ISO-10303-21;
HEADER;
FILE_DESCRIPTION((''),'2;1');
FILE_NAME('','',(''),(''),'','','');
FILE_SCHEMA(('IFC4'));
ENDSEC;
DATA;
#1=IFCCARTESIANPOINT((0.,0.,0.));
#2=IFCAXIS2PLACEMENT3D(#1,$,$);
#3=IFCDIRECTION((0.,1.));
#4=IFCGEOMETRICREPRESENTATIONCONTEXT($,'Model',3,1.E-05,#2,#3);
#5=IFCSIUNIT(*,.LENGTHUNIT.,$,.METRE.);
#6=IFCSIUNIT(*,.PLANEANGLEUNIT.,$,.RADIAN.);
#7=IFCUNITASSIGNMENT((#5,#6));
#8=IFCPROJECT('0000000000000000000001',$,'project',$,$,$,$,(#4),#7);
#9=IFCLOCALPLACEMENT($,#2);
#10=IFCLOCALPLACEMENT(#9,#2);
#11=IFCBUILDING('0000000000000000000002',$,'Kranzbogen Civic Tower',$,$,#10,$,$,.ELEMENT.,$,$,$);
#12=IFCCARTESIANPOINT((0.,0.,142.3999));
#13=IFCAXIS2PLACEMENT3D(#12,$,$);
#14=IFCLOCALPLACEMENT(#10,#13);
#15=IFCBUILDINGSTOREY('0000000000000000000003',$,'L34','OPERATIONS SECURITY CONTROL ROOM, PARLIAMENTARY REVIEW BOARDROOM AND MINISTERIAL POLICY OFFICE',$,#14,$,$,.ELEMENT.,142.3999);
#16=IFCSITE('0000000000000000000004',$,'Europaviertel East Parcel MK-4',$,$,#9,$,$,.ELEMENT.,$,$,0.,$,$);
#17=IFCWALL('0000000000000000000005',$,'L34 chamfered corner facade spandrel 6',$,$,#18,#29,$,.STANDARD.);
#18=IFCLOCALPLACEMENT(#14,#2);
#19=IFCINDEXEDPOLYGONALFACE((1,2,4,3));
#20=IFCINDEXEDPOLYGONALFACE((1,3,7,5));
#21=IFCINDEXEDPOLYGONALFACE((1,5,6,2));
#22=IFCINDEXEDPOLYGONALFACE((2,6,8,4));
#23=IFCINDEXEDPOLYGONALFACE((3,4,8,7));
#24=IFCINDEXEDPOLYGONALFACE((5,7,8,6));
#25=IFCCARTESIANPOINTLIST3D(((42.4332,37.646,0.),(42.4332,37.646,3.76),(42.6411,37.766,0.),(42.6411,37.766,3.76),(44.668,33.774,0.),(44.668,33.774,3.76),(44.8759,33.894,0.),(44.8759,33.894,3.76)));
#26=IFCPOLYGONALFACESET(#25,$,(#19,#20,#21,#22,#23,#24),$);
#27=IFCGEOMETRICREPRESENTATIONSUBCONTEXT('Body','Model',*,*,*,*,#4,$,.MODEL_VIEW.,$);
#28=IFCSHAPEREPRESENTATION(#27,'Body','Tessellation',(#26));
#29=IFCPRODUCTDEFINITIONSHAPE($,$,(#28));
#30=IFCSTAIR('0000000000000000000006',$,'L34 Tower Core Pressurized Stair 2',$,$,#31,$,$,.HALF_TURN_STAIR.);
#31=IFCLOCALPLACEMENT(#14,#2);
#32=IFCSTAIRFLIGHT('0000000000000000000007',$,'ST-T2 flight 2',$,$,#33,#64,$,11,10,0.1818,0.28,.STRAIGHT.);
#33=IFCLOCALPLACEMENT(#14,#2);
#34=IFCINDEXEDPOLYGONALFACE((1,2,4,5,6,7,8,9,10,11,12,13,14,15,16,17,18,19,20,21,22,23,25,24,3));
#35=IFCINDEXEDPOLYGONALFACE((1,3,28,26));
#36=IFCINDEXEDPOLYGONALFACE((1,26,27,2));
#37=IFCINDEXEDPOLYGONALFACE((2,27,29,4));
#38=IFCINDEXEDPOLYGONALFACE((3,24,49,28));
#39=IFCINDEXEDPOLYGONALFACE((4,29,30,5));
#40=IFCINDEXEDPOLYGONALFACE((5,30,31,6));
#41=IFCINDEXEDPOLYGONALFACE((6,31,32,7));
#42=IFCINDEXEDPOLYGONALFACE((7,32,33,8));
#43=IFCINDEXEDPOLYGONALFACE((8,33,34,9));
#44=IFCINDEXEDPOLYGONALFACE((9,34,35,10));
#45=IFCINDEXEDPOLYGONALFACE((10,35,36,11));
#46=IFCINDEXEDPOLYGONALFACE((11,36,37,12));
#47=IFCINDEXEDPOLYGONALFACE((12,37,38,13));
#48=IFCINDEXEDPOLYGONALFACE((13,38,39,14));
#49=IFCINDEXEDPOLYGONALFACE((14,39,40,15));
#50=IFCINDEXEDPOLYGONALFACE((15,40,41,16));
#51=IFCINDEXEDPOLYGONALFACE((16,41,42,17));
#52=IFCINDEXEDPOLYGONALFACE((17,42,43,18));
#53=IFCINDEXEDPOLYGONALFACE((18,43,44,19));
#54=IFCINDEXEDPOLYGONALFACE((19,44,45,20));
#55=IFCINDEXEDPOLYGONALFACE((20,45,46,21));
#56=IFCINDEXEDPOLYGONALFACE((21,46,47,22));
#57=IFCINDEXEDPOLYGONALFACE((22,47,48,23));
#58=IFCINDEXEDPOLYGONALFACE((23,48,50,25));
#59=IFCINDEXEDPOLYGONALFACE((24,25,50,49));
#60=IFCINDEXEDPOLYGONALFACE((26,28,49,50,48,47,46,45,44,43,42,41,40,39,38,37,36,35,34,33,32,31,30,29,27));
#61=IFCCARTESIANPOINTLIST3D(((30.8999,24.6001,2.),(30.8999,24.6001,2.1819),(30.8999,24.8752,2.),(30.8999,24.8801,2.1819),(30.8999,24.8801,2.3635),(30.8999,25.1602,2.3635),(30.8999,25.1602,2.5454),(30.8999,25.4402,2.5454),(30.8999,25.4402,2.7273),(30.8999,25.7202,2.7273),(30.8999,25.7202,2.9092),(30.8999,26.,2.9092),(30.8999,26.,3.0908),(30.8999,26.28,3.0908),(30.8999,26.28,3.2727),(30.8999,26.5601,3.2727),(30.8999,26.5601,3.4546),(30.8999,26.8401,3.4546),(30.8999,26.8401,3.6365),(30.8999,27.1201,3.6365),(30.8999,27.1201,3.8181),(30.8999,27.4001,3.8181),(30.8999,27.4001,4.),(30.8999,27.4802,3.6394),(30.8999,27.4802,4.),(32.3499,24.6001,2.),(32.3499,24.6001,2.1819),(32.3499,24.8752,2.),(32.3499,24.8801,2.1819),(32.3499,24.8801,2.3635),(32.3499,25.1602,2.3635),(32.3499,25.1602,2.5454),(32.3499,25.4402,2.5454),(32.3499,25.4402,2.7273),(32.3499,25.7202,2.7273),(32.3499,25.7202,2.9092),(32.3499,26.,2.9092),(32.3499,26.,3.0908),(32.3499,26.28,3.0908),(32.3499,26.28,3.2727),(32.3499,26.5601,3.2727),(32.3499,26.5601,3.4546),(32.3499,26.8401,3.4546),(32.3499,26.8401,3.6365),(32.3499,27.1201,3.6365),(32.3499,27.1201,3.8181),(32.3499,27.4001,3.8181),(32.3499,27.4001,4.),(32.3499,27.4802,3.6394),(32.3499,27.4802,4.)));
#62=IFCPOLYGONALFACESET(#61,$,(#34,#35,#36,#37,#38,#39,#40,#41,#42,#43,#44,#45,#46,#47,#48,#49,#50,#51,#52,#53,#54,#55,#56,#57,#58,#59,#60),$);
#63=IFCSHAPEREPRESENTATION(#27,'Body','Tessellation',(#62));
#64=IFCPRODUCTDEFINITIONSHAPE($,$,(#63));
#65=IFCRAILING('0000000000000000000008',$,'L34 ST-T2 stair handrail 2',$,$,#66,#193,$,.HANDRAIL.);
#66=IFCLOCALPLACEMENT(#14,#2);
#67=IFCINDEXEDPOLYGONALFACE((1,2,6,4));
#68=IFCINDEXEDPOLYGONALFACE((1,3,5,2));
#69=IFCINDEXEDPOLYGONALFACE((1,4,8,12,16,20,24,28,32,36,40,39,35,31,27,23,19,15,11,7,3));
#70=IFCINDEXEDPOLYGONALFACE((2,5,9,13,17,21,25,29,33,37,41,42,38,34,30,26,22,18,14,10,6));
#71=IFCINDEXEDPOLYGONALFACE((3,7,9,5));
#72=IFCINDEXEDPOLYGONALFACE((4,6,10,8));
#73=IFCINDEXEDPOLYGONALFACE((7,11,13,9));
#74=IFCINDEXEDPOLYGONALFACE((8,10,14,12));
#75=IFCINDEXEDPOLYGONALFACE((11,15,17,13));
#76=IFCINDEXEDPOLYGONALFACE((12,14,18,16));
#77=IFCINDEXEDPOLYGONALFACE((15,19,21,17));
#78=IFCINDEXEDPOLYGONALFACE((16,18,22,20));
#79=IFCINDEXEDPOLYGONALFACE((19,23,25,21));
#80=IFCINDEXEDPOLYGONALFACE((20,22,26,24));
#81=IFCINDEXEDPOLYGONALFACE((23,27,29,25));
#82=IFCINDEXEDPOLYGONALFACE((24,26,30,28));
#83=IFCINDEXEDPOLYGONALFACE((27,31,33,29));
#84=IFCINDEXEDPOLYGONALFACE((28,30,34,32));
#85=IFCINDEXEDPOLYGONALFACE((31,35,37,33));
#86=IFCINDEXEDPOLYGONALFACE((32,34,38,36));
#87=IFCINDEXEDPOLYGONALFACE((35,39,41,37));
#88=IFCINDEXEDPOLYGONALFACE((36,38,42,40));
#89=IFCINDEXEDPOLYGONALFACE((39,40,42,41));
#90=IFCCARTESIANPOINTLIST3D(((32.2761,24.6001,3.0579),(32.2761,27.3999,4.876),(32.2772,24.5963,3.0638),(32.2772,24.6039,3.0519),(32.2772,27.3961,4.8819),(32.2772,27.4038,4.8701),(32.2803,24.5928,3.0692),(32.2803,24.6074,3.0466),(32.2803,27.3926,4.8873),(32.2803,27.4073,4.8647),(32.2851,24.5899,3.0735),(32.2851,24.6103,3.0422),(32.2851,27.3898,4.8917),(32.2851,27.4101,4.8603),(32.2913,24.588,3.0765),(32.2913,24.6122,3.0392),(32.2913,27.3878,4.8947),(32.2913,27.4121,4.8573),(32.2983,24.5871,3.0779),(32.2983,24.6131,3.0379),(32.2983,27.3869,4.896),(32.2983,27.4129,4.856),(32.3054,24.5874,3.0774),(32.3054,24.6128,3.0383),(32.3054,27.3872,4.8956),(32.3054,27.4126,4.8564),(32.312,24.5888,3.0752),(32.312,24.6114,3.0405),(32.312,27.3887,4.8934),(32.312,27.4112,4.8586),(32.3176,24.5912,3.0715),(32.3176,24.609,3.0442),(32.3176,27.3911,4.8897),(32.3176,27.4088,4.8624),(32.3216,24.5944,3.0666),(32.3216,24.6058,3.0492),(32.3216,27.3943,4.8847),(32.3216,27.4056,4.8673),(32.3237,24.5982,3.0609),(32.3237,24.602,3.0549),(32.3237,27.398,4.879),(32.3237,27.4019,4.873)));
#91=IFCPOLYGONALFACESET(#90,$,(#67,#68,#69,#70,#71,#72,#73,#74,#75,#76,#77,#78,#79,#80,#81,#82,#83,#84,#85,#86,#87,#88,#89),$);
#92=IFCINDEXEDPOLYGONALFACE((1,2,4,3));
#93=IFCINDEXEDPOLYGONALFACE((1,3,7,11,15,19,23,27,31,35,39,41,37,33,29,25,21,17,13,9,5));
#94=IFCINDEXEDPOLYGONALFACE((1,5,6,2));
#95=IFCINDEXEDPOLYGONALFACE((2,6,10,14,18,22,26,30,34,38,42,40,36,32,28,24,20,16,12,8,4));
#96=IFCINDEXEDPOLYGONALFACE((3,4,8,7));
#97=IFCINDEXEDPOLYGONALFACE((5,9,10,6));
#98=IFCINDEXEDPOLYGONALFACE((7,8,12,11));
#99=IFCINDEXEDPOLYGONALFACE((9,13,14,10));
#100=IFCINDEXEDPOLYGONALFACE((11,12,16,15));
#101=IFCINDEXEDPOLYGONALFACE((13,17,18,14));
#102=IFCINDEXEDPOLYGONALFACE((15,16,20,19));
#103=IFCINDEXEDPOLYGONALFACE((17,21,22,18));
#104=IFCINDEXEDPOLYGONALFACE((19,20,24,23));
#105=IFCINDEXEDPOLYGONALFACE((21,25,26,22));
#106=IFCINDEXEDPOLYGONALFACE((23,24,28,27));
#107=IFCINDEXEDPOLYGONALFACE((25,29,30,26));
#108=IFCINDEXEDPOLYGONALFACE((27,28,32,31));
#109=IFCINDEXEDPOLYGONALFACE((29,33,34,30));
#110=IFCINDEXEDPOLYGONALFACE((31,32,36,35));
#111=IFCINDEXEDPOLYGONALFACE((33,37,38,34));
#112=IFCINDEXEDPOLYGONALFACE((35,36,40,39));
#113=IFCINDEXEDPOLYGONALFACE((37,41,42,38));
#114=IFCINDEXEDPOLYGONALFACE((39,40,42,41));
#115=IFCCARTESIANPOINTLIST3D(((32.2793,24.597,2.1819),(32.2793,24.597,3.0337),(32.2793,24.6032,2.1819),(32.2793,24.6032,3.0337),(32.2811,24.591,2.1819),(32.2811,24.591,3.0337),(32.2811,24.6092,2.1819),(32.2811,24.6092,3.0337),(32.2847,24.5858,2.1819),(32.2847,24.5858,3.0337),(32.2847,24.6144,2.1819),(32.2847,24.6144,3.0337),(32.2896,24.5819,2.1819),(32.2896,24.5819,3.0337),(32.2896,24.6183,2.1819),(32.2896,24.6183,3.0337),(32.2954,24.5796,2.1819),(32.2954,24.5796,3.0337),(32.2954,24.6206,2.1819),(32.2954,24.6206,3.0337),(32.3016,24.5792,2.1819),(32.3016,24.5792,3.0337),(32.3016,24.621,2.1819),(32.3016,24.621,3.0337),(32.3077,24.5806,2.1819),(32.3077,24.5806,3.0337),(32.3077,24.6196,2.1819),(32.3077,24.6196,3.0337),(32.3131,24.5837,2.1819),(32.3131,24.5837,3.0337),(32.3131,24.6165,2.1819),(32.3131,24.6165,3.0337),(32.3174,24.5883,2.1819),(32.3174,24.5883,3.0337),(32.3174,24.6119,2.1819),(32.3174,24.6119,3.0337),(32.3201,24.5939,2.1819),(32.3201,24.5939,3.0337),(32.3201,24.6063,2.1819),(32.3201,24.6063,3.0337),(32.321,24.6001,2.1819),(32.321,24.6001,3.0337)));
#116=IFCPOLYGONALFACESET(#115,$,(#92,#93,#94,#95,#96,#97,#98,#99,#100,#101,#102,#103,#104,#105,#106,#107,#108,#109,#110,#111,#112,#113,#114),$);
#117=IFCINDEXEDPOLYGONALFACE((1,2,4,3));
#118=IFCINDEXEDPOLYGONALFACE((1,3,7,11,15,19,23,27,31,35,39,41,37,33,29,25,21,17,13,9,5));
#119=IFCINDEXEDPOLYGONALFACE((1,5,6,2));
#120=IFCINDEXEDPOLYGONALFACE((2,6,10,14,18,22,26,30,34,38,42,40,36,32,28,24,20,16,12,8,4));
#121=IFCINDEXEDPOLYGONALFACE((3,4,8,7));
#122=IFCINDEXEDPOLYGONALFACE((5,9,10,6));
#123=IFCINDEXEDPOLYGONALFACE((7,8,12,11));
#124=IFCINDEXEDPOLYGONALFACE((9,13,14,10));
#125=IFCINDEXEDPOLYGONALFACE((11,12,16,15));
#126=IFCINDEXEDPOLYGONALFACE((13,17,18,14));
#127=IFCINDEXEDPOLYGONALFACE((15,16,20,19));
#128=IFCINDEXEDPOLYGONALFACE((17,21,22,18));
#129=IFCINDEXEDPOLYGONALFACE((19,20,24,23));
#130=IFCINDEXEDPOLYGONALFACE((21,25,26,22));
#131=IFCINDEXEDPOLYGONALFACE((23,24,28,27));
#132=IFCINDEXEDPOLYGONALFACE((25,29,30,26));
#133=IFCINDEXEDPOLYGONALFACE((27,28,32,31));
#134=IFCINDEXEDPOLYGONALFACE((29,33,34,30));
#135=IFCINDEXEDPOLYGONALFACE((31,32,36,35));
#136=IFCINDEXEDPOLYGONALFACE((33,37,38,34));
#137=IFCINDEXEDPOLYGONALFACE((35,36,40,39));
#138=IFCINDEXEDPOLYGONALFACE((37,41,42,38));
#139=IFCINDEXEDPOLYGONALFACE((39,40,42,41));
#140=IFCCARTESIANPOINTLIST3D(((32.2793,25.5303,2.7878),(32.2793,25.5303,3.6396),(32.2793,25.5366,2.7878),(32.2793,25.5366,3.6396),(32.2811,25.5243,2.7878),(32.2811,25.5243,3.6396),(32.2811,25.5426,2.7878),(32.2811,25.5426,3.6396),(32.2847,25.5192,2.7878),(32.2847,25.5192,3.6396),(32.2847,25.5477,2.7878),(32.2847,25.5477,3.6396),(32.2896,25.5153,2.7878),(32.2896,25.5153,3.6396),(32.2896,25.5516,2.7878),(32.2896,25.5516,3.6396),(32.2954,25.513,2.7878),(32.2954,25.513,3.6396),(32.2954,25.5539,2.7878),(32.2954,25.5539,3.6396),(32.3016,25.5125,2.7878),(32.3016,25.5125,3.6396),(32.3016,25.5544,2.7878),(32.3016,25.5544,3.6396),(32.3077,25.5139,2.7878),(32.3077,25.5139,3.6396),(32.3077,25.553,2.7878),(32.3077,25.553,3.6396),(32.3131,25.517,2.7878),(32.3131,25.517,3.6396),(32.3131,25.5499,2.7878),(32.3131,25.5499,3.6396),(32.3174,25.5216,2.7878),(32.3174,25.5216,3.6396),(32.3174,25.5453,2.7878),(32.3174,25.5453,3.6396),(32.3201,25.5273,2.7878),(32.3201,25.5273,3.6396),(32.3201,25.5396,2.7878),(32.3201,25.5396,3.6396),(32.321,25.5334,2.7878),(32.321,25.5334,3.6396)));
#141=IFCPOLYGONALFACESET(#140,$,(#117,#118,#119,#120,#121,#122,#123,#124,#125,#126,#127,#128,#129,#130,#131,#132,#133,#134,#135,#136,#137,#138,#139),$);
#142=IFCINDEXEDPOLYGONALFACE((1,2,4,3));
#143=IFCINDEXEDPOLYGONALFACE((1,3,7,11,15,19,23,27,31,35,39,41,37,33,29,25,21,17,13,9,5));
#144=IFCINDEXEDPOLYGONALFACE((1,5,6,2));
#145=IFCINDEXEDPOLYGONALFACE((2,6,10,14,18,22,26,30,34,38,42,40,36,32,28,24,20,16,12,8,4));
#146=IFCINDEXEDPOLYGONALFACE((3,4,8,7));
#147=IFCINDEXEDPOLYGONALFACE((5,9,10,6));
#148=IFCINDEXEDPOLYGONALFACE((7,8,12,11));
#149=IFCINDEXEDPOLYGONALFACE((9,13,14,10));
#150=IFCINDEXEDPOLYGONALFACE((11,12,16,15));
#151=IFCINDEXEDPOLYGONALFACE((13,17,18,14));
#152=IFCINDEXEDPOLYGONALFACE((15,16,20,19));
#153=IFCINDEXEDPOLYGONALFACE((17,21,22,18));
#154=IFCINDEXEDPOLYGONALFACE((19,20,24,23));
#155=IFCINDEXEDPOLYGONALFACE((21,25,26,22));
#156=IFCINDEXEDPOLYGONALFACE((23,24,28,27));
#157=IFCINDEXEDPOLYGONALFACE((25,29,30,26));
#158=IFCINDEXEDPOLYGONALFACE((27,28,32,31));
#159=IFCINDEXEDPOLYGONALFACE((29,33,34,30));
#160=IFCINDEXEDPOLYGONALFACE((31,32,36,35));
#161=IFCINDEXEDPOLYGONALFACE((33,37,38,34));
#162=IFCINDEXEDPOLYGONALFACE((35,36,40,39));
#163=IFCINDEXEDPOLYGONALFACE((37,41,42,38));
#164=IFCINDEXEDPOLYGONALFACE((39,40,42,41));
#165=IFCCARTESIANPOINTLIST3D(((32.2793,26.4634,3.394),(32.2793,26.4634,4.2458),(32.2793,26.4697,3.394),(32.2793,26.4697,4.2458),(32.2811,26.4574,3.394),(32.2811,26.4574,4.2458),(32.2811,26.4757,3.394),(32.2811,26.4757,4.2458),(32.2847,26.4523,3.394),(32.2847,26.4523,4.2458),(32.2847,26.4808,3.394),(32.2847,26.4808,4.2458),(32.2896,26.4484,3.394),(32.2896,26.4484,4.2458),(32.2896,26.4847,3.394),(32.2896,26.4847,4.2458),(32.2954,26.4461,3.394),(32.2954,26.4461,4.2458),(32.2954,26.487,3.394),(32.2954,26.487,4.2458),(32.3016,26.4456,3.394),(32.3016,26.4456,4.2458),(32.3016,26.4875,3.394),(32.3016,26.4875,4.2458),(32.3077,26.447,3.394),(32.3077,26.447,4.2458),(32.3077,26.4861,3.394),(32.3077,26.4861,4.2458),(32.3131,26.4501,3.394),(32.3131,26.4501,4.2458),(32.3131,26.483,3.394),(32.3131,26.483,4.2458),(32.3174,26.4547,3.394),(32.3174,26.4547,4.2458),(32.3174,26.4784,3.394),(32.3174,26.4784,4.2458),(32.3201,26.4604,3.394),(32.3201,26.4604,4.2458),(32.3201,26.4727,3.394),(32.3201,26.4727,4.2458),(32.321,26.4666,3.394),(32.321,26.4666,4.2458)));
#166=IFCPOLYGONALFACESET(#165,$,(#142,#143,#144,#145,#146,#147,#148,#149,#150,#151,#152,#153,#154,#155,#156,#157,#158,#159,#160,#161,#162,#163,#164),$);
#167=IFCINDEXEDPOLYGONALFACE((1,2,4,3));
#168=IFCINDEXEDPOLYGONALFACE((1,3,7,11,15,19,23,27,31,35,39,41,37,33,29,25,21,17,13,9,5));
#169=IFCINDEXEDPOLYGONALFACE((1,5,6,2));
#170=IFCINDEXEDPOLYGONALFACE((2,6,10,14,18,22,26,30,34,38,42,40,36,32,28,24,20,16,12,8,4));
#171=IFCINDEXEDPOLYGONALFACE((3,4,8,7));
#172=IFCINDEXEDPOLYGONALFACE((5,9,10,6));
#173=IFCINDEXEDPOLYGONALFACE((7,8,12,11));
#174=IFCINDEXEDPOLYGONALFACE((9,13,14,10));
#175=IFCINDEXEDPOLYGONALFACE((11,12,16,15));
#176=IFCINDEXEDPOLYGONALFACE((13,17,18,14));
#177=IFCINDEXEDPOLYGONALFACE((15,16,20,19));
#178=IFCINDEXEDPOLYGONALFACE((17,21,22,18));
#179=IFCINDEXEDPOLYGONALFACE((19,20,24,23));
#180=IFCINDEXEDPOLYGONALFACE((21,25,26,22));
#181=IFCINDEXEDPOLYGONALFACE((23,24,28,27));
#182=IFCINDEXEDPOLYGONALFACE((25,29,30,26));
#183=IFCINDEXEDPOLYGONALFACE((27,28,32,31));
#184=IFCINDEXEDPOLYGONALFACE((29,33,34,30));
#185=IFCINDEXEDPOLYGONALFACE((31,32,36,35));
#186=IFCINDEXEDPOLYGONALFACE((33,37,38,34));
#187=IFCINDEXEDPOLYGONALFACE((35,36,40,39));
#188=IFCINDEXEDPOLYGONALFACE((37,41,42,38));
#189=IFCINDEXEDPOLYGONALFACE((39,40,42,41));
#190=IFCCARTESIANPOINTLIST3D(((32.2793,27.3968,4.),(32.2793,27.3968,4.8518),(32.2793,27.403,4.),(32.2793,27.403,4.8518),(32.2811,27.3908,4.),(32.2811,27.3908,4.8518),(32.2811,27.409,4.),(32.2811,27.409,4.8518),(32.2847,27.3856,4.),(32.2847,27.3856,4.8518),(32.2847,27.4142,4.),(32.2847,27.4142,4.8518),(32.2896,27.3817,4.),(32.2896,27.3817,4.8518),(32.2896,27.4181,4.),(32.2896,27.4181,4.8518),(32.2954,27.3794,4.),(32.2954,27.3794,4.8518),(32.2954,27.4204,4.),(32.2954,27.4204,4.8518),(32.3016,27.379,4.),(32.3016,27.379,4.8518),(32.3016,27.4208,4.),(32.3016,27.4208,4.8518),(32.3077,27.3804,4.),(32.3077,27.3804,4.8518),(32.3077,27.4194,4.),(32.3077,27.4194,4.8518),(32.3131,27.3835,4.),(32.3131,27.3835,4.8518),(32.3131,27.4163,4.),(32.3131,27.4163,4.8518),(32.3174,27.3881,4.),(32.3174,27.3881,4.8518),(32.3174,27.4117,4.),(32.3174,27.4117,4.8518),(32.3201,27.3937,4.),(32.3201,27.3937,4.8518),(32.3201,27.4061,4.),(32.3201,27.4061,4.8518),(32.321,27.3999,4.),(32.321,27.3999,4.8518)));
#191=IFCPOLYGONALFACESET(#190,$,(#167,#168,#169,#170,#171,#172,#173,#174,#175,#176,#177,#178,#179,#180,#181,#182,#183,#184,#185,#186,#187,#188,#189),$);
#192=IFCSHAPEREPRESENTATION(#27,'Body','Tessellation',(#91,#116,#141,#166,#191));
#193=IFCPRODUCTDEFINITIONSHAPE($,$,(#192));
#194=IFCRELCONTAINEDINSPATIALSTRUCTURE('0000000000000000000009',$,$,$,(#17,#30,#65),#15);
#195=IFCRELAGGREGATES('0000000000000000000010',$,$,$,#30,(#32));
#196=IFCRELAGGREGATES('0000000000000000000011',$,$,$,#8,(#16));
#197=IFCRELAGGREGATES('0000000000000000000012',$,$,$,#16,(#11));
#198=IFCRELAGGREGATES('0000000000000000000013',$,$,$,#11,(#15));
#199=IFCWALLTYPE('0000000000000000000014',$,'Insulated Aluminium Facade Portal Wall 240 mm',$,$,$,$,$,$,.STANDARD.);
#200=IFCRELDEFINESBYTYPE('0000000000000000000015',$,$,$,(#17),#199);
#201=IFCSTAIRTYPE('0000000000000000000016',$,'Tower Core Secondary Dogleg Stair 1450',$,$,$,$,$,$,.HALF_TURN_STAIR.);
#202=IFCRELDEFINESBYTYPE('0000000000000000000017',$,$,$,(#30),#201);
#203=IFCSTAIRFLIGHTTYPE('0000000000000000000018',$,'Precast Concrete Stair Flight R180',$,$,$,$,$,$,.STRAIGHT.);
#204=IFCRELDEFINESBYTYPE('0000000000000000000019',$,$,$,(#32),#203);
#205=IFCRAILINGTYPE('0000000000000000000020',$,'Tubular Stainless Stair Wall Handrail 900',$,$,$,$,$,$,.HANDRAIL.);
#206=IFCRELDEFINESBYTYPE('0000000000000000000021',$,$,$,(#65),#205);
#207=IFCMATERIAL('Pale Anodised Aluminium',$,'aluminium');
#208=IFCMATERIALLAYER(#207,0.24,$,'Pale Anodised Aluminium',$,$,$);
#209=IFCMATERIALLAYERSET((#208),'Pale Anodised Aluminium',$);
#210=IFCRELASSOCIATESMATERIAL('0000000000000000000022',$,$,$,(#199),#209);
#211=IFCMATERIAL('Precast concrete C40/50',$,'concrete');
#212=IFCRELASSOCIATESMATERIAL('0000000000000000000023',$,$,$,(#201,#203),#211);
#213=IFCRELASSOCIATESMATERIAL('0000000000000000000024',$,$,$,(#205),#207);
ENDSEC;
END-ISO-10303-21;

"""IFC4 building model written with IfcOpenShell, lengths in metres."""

from ifc_helpers import new_model, si_unit, direction, frame, frame_2d, origin, origin_2d, place, context, subcontext, project, spatial, polyline, rectangle, circle, outline, extrude, material, layer, layer_set, type_object, element, aggregate, save


model = new_model("IFC4")

# Units and contexts
model_context = context("Model", 3, precision=1e-05, world=origin(), true_north=direction((0.0, 1.0)))
body_context = subcontext(model_context, "Body", "Model", "MODEL_VIEW")
ifc_project = project(units=[si_unit("LENGTHUNIT", "METRE"), si_unit("PLANEANGLEUNIT", "RADIAN")], contexts=[model_context])

# Site, building, storey
site_placement = place(None, origin())
site = spatial("IfcSite", under=ifc_project, at=site_placement, Name="Europaviertel East Parcel MK-4", CompositionType="ELEMENT", RefElevation=0.0)
building_placement = place(site_placement, origin())
building = spatial("IfcBuilding", under=site, at=building_placement, Name="Kranzbogen Civic Tower", CompositionType="ELEMENT")
storey_placement = place(building_placement, frame((0.0, 0.0, 142.3999)))
storey = spatial("IfcBuildingStorey", under=building, at=storey_placement, Name="L34", Description="OPERATIONS SECURITY CONTROL ROOM, PARLIAMENTARY REVIEW BOARDROOM AND MINISTERIAL POLICY OFFICE", CompositionType="ELEMENT", Elevation=142.3999)

# Shared definitions
ifc_material_1 = material(Name="Pale Anodised Aluminium", Category="aluminium")

# Wall
ifc_layer_1 = layer(ifc_material_1, 0.24, Name="Pale Anodised Aluminium")
ifc_layer_set_1 = layer_set([ifc_layer_1], Name="Pale Anodised Aluminium")
wall_type_1 = type_object("IfcWallType", Name="Insulated Aluminium Facade Portal Wall 240 mm", PredefinedType="STANDARD", material=ifc_layer_set_1)
wall_1_placement = place(storey_placement, frame((44.772, 33.834, 0.0), z_axis=(0.0, 0.0, 1.0), x_axis=(-0.499886, 0.866091, 0.0)))
element("IfcWall", 1, at=wall_1_placement, inside=storey, type_object=wall_type_1, Name="L34 chamfered corner facade spandrel 6", PredefinedType="STANDARD", context=body_context, shape_type="SweptSolid", body=[
    extrude(rectangle(XDim=4.4707, YDim=0.24, at=frame_2d((2.2354, 0.0))), origin(), (0.0, 0.0, 1.0), 3.76),
])

# Stair, stair flight
ifc_material_2 = material(Name="Precast concrete C40/50", Category="concrete")
stair_type = type_object("IfcStairType", Name="Tower Core Secondary Dogleg Stair 1450", PredefinedType="HALF_TURN_STAIR", material=ifc_material_2)
stair_placement = place(storey_placement, origin())
stair = element("IfcStair", 2, at=stair_placement, inside=storey, type_object=stair_type, Name="L34 Tower Core Pressurized Stair 2", PredefinedType="HALF_TURN_STAIR")
stair_flight_type = type_object("IfcStairFlightType", Name="Precast Concrete Stair Flight R180", PredefinedType="STRAIGHT", material=ifc_material_2)
stair_flight_placement = place(storey_placement, frame((31.625, 24.6001, 2.0), z_axis=(0.0, 0.0, 1.0), x_axis=(0.0, 1.0, 0.0)))
stair_flight = element("IfcStairFlight", 3, at=stair_flight_placement, type_object=stair_flight_type, Name="ST-T2 flight 2", NumberOfRisers=11, NumberOfTreads=10, PredefinedType="STRAIGHT", RiserHeight=0.1818, TreadLength=0.28, context=body_context, shape_type="SweptSolid", body=[
    extrude(outline(polyline([(0.0, 0.0), (0.0, 0.1819), (0.28, 0.1819), (0.28, 0.3635), (0.5601, 0.3635), (0.5601, 0.5454), (0.8401, 0.5454), (0.8401, 0.7273), (1.1201, 0.7273), (1.1201, 0.9092), (1.3999, 0.9092), (1.3999, 1.0908), (1.6799, 1.0908), (1.6799, 1.2727), (1.96, 1.2727), (1.96, 1.4546), (2.24, 1.4546), (2.24, 1.6365), (2.52, 1.6365), (2.52, 1.8181), (2.8, 1.8181), (2.8, 2.0), (2.8801, 2.0), (2.8801, 1.6394), (0.2751, 0.0), (0.0, 0.0)])), frame((0.0, 0.7251, 0.0), z_axis=(0.0, -1.0, 0.0), x_axis=(1.0, 0.0, 0.0)), (0.0, 0.0, 1.0), 1.45),
])
aggregate(stair, [stair_flight])

# Railing
railing_type = type_object("IfcRailingType", Name="Tubular Stainless Stair Wall Handrail 900", PredefinedType="HANDRAIL", material=ifc_material_1)
railing_placement = place(storey_placement, frame((32.3, 24.6001, 2.1819)))
element("IfcRailing", 4, at=railing_placement, inside=storey, type_object=railing_type, Name="L34 ST-T2 stair handrail 2", PredefinedType="HANDRAIL", context=body_context, shape_type="SweptSolid", body=[
    extrude(circle(Radius=0.0239, at=origin_2d()), frame((0.0, 0.0, 0.876), z_axis=(0.0, 0.838684, 0.544618), x_axis=(-1.0, 0.0, 0.0)), (0.0, 0.0, 1.0), 3.3384),
    extrude(circle(Radius=0.021, at=origin_2d()), origin(), (0.0, 0.0, 1.0), 0.8518),
    extrude(circle(Radius=0.021, at=origin_2d()), frame((0.0, 0.9333, 0.606)), (0.0, 0.0, 1.0), 0.8518),
    extrude(circle(Radius=0.021, at=origin_2d()), frame((0.0, 1.8665, 1.2122)), (0.0, 0.0, 1.0), 0.8518),
    extrude(circle(Radius=0.021, at=origin_2d()), frame((0.0, 2.7998, 1.8181)), (0.0, 0.0, 1.0), 0.8518),
])

save(model, "model.ifc")
